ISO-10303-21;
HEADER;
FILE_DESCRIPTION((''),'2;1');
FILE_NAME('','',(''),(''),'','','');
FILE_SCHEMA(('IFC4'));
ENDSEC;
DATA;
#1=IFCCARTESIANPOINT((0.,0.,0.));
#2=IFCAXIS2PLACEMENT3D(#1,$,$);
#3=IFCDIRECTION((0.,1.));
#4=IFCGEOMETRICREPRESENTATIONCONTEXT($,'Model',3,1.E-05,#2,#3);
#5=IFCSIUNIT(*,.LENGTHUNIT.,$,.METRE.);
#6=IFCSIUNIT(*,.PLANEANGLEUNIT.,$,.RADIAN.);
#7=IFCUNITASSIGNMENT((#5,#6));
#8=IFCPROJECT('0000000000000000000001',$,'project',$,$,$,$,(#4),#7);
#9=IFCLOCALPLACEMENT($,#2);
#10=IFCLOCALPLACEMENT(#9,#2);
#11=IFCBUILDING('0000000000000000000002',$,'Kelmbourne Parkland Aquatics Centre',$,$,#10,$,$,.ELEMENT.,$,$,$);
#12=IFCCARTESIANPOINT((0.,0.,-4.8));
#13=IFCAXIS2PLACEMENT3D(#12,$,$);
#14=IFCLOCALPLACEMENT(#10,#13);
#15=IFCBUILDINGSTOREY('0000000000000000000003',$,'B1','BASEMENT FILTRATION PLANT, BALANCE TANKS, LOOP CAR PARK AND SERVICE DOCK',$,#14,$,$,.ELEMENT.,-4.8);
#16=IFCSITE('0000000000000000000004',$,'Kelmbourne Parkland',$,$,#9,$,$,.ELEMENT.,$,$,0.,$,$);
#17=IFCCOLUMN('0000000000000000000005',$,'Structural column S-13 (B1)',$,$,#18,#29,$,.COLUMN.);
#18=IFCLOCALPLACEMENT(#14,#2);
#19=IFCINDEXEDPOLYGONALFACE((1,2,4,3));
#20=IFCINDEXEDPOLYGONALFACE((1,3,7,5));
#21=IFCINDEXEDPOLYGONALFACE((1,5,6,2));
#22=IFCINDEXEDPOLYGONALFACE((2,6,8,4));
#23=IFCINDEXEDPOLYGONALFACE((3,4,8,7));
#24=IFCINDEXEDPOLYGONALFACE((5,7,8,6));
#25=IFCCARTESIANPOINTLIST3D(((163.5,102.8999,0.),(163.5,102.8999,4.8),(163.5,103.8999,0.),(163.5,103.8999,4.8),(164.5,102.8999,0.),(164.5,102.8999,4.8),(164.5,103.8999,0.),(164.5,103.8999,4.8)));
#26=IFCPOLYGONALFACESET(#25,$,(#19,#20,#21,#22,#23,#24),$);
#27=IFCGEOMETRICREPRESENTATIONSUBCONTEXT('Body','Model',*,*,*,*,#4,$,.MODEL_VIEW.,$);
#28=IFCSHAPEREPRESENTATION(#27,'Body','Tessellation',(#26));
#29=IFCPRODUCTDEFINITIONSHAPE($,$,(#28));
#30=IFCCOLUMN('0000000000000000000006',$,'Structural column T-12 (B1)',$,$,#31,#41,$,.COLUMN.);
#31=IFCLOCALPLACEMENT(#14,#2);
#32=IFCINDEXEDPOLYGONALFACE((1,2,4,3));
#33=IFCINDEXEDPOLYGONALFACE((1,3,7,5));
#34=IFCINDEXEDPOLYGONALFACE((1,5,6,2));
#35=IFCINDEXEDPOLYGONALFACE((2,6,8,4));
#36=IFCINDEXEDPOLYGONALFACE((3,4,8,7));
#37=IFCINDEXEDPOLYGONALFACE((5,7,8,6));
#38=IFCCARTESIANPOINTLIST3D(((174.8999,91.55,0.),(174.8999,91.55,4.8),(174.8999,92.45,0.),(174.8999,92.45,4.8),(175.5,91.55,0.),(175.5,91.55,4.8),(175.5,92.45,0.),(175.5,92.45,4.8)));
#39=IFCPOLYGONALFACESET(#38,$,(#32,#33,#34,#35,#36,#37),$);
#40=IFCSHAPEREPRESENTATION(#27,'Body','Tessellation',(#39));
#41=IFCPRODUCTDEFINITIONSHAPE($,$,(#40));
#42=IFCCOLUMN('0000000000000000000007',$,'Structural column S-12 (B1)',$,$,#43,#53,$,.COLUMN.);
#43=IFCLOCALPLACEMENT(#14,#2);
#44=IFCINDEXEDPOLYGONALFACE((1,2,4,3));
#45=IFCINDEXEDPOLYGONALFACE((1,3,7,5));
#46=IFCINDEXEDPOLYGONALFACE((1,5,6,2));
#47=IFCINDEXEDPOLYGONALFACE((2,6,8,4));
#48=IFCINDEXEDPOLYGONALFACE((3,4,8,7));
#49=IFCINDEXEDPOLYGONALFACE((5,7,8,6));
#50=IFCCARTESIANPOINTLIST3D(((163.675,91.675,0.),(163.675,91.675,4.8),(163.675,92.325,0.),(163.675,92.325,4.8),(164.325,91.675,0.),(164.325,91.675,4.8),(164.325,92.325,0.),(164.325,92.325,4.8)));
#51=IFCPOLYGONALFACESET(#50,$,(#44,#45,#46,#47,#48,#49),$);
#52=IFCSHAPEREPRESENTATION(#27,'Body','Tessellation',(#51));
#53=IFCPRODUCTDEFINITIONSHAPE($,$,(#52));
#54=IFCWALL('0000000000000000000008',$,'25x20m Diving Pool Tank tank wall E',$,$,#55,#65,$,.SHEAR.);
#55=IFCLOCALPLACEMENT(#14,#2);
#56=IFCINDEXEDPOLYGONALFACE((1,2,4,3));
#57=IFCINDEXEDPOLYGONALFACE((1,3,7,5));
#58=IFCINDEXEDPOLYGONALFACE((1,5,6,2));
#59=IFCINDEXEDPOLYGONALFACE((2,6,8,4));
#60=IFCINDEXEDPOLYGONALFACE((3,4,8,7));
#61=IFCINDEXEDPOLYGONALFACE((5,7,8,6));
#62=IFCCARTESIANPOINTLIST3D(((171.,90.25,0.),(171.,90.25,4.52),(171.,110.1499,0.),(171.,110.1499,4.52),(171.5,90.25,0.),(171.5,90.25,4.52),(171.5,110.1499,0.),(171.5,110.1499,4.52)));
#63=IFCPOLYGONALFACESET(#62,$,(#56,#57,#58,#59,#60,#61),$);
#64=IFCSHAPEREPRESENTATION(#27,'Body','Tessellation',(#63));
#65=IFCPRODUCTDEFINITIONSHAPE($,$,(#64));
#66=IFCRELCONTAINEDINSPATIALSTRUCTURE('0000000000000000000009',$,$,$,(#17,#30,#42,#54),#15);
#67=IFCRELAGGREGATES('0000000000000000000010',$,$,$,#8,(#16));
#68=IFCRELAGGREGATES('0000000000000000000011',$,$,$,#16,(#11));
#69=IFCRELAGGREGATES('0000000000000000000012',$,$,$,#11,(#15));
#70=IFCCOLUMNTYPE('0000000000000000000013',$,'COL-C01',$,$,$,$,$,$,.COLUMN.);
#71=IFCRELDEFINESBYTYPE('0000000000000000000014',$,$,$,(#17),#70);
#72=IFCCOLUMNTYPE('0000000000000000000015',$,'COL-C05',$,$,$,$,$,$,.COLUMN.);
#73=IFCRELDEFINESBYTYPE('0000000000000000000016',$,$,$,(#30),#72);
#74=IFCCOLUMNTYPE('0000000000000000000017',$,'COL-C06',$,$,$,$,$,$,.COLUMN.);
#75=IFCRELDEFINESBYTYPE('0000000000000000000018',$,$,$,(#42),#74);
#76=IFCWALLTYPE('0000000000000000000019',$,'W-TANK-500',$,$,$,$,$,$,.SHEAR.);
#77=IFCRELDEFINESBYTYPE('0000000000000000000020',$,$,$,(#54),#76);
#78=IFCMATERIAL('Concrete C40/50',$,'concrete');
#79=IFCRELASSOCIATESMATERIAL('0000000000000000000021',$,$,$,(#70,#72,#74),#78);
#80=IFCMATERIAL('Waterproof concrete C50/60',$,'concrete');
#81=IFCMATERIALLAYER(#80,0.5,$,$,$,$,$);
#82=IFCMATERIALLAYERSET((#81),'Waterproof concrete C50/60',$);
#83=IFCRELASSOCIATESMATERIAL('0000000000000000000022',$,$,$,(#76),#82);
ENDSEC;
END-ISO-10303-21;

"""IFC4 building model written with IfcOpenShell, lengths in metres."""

from ifc_helpers import new_model, si_unit, direction, frame, frame_2d, origin, origin_2d, place, context, subcontext, project, spatial, rectangle, extrude, material, layer, layer_set, material_profile, profile_set, type_object, element, save


model = new_model("IFC4")

# Units and contexts
model_context = context("Model", 3, precision=1e-05, world=origin(), true_north=direction((0.0, 1.0)))
body_context = subcontext(model_context, "Body", "Model", "MODEL_VIEW")
ifc_project = project(units=[si_unit("LENGTHUNIT", "METRE"), si_unit("PLANEANGLEUNIT", "RADIAN")], contexts=[model_context])

# Site, building, storey
site_placement = place(None, origin())
site = spatial("IfcSite", under=ifc_project, at=site_placement, Name="Kelmbourne Parkland", CompositionType="ELEMENT", RefElevation=0.0)
building_placement = place(site_placement, origin())
building = spatial("IfcBuilding", under=site, at=building_placement, Name="Kelmbourne Parkland Aquatics Centre", CompositionType="ELEMENT")
storey_placement = place(building_placement, frame((0.0, 0.0, -4.8)))
storey = spatial("IfcBuildingStorey", under=building, at=storey_placement, Name="B1", Description="BASEMENT FILTRATION PLANT, BALANCE TANKS, LOOP CAR PARK AND SERVICE DOCK", CompositionType="ELEMENT", Elevation=-4.8)

# Shared definitions
ifc_material_1 = material(Name="Waterproof concrete C50/60", Category="concrete")

# Columns
ifc_material_2 = material(Name="Concrete C40/50", Category="concrete")
ifc_material_profile_1 = material_profile(ifc_material_2, rectangle(XDim=1.0, YDim=1.0, at=origin_2d()), Name="RC 1000x1000")
ifc_profile_set_1 = profile_set([ifc_material_profile_1], Name="Concrete C40/50")
column_type_1 = type_object("IfcColumnType", Name="COL-C01", PredefinedType="COLUMN", material=ifc_profile_set_1)
column_1_placement = place(storey_placement, frame((164.0, 103.3999, 0.0), z_axis=(0.0, 0.0, 1.0), x_axis=(1.0, 0.0, 0.0)))
element("IfcColumn", 1, at=column_1_placement, inside=storey, type_object=column_type_1, Name="Structural column S-13 (B1)", PredefinedType="COLUMN", context=body_context, shape_type="SweptSolid", body=[
    extrude(rectangle(XDim=1.0, YDim=1.0, at=origin_2d()), origin(), (0.0, 0.0, 1.0), 4.8),
])
ifc_material_profile_2 = material_profile(ifc_material_2, rectangle(XDim=0.6001, YDim=0.8999, at=origin_2d()), Name="RC 600x900")
ifc_profile_set_2 = profile_set([ifc_material_profile_2], Name="Concrete C40/50")
column_type_2 = type_object("IfcColumnType", Name="COL-C05", PredefinedType="COLUMN", material=ifc_profile_set_2)
column_2_placement = place(storey_placement, frame((175.2, 92.0, 0.0), z_axis=(0.0, 0.0, 1.0), x_axis=(1.0, 0.0, 0.0)))
element("IfcColumn", 2, at=column_2_placement, inside=storey, type_object=column_type_2, Name="Structural column T-12 (B1)", PredefinedType="COLUMN", context=body_context, shape_type="SweptSolid", body=[
    extrude(rectangle(XDim=0.6001, YDim=0.8999, at=origin_2d()), origin(), (0.0, 0.0, 1.0), 4.8),
])
ifc_material_profile_3 = material_profile(ifc_material_2, rectangle(XDim=0.6499, YDim=0.6499, at=origin_2d()), Name="RC 650x650")
ifc_profile_set_3 = profile_set([ifc_material_profile_3], Name="Concrete C40/50")
column_type_3 = type_object("IfcColumnType", Name="COL-C06", PredefinedType="COLUMN", material=ifc_profile_set_3)
column_3_placement = place(storey_placement, frame((164.0, 92.0, 0.0), z_axis=(0.0, 0.0, 1.0), x_axis=(1.0, 0.0, 0.0)))
element("IfcColumn", 3, at=column_3_placement, inside=storey, type_object=column_type_3, Name="Structural column S-12 (B1)", PredefinedType="COLUMN", context=body_context, shape_type="SweptSolid", body=[
    extrude(rectangle(XDim=0.6499, YDim=0.6499, at=origin_2d()), origin(), (0.0, 0.0, 1.0), 4.8),
])

# Wall
ifc_layer = layer(ifc_material_1, 0.5)
ifc_layer_set = layer_set([ifc_layer], Name="Waterproof concrete C50/60")
wall_type = type_object("IfcWallType", Name="W-TANK-500", PredefinedType="SHEAR", material=ifc_layer_set)
wall_placement = place(storey_placement, frame((171.25, 90.25, 0.0), z_axis=(0.0, 0.0, 1.0), x_axis=(0.0, 1.0, 0.0)))
element("IfcWall", 4, at=wall_placement, inside=storey, type_object=wall_type, Name="25x20m Diving Pool Tank tank wall E", PredefinedType="SHEAR", context=body_context, shape_type="SweptSolid", body=[
    extrude(rectangle(XDim=19.8999, YDim=0.5, at=frame_2d((9.95, 0.0))), origin(), (0.0, 0.0, 1.0), 4.52),
])

save(model, "model.ifc")
